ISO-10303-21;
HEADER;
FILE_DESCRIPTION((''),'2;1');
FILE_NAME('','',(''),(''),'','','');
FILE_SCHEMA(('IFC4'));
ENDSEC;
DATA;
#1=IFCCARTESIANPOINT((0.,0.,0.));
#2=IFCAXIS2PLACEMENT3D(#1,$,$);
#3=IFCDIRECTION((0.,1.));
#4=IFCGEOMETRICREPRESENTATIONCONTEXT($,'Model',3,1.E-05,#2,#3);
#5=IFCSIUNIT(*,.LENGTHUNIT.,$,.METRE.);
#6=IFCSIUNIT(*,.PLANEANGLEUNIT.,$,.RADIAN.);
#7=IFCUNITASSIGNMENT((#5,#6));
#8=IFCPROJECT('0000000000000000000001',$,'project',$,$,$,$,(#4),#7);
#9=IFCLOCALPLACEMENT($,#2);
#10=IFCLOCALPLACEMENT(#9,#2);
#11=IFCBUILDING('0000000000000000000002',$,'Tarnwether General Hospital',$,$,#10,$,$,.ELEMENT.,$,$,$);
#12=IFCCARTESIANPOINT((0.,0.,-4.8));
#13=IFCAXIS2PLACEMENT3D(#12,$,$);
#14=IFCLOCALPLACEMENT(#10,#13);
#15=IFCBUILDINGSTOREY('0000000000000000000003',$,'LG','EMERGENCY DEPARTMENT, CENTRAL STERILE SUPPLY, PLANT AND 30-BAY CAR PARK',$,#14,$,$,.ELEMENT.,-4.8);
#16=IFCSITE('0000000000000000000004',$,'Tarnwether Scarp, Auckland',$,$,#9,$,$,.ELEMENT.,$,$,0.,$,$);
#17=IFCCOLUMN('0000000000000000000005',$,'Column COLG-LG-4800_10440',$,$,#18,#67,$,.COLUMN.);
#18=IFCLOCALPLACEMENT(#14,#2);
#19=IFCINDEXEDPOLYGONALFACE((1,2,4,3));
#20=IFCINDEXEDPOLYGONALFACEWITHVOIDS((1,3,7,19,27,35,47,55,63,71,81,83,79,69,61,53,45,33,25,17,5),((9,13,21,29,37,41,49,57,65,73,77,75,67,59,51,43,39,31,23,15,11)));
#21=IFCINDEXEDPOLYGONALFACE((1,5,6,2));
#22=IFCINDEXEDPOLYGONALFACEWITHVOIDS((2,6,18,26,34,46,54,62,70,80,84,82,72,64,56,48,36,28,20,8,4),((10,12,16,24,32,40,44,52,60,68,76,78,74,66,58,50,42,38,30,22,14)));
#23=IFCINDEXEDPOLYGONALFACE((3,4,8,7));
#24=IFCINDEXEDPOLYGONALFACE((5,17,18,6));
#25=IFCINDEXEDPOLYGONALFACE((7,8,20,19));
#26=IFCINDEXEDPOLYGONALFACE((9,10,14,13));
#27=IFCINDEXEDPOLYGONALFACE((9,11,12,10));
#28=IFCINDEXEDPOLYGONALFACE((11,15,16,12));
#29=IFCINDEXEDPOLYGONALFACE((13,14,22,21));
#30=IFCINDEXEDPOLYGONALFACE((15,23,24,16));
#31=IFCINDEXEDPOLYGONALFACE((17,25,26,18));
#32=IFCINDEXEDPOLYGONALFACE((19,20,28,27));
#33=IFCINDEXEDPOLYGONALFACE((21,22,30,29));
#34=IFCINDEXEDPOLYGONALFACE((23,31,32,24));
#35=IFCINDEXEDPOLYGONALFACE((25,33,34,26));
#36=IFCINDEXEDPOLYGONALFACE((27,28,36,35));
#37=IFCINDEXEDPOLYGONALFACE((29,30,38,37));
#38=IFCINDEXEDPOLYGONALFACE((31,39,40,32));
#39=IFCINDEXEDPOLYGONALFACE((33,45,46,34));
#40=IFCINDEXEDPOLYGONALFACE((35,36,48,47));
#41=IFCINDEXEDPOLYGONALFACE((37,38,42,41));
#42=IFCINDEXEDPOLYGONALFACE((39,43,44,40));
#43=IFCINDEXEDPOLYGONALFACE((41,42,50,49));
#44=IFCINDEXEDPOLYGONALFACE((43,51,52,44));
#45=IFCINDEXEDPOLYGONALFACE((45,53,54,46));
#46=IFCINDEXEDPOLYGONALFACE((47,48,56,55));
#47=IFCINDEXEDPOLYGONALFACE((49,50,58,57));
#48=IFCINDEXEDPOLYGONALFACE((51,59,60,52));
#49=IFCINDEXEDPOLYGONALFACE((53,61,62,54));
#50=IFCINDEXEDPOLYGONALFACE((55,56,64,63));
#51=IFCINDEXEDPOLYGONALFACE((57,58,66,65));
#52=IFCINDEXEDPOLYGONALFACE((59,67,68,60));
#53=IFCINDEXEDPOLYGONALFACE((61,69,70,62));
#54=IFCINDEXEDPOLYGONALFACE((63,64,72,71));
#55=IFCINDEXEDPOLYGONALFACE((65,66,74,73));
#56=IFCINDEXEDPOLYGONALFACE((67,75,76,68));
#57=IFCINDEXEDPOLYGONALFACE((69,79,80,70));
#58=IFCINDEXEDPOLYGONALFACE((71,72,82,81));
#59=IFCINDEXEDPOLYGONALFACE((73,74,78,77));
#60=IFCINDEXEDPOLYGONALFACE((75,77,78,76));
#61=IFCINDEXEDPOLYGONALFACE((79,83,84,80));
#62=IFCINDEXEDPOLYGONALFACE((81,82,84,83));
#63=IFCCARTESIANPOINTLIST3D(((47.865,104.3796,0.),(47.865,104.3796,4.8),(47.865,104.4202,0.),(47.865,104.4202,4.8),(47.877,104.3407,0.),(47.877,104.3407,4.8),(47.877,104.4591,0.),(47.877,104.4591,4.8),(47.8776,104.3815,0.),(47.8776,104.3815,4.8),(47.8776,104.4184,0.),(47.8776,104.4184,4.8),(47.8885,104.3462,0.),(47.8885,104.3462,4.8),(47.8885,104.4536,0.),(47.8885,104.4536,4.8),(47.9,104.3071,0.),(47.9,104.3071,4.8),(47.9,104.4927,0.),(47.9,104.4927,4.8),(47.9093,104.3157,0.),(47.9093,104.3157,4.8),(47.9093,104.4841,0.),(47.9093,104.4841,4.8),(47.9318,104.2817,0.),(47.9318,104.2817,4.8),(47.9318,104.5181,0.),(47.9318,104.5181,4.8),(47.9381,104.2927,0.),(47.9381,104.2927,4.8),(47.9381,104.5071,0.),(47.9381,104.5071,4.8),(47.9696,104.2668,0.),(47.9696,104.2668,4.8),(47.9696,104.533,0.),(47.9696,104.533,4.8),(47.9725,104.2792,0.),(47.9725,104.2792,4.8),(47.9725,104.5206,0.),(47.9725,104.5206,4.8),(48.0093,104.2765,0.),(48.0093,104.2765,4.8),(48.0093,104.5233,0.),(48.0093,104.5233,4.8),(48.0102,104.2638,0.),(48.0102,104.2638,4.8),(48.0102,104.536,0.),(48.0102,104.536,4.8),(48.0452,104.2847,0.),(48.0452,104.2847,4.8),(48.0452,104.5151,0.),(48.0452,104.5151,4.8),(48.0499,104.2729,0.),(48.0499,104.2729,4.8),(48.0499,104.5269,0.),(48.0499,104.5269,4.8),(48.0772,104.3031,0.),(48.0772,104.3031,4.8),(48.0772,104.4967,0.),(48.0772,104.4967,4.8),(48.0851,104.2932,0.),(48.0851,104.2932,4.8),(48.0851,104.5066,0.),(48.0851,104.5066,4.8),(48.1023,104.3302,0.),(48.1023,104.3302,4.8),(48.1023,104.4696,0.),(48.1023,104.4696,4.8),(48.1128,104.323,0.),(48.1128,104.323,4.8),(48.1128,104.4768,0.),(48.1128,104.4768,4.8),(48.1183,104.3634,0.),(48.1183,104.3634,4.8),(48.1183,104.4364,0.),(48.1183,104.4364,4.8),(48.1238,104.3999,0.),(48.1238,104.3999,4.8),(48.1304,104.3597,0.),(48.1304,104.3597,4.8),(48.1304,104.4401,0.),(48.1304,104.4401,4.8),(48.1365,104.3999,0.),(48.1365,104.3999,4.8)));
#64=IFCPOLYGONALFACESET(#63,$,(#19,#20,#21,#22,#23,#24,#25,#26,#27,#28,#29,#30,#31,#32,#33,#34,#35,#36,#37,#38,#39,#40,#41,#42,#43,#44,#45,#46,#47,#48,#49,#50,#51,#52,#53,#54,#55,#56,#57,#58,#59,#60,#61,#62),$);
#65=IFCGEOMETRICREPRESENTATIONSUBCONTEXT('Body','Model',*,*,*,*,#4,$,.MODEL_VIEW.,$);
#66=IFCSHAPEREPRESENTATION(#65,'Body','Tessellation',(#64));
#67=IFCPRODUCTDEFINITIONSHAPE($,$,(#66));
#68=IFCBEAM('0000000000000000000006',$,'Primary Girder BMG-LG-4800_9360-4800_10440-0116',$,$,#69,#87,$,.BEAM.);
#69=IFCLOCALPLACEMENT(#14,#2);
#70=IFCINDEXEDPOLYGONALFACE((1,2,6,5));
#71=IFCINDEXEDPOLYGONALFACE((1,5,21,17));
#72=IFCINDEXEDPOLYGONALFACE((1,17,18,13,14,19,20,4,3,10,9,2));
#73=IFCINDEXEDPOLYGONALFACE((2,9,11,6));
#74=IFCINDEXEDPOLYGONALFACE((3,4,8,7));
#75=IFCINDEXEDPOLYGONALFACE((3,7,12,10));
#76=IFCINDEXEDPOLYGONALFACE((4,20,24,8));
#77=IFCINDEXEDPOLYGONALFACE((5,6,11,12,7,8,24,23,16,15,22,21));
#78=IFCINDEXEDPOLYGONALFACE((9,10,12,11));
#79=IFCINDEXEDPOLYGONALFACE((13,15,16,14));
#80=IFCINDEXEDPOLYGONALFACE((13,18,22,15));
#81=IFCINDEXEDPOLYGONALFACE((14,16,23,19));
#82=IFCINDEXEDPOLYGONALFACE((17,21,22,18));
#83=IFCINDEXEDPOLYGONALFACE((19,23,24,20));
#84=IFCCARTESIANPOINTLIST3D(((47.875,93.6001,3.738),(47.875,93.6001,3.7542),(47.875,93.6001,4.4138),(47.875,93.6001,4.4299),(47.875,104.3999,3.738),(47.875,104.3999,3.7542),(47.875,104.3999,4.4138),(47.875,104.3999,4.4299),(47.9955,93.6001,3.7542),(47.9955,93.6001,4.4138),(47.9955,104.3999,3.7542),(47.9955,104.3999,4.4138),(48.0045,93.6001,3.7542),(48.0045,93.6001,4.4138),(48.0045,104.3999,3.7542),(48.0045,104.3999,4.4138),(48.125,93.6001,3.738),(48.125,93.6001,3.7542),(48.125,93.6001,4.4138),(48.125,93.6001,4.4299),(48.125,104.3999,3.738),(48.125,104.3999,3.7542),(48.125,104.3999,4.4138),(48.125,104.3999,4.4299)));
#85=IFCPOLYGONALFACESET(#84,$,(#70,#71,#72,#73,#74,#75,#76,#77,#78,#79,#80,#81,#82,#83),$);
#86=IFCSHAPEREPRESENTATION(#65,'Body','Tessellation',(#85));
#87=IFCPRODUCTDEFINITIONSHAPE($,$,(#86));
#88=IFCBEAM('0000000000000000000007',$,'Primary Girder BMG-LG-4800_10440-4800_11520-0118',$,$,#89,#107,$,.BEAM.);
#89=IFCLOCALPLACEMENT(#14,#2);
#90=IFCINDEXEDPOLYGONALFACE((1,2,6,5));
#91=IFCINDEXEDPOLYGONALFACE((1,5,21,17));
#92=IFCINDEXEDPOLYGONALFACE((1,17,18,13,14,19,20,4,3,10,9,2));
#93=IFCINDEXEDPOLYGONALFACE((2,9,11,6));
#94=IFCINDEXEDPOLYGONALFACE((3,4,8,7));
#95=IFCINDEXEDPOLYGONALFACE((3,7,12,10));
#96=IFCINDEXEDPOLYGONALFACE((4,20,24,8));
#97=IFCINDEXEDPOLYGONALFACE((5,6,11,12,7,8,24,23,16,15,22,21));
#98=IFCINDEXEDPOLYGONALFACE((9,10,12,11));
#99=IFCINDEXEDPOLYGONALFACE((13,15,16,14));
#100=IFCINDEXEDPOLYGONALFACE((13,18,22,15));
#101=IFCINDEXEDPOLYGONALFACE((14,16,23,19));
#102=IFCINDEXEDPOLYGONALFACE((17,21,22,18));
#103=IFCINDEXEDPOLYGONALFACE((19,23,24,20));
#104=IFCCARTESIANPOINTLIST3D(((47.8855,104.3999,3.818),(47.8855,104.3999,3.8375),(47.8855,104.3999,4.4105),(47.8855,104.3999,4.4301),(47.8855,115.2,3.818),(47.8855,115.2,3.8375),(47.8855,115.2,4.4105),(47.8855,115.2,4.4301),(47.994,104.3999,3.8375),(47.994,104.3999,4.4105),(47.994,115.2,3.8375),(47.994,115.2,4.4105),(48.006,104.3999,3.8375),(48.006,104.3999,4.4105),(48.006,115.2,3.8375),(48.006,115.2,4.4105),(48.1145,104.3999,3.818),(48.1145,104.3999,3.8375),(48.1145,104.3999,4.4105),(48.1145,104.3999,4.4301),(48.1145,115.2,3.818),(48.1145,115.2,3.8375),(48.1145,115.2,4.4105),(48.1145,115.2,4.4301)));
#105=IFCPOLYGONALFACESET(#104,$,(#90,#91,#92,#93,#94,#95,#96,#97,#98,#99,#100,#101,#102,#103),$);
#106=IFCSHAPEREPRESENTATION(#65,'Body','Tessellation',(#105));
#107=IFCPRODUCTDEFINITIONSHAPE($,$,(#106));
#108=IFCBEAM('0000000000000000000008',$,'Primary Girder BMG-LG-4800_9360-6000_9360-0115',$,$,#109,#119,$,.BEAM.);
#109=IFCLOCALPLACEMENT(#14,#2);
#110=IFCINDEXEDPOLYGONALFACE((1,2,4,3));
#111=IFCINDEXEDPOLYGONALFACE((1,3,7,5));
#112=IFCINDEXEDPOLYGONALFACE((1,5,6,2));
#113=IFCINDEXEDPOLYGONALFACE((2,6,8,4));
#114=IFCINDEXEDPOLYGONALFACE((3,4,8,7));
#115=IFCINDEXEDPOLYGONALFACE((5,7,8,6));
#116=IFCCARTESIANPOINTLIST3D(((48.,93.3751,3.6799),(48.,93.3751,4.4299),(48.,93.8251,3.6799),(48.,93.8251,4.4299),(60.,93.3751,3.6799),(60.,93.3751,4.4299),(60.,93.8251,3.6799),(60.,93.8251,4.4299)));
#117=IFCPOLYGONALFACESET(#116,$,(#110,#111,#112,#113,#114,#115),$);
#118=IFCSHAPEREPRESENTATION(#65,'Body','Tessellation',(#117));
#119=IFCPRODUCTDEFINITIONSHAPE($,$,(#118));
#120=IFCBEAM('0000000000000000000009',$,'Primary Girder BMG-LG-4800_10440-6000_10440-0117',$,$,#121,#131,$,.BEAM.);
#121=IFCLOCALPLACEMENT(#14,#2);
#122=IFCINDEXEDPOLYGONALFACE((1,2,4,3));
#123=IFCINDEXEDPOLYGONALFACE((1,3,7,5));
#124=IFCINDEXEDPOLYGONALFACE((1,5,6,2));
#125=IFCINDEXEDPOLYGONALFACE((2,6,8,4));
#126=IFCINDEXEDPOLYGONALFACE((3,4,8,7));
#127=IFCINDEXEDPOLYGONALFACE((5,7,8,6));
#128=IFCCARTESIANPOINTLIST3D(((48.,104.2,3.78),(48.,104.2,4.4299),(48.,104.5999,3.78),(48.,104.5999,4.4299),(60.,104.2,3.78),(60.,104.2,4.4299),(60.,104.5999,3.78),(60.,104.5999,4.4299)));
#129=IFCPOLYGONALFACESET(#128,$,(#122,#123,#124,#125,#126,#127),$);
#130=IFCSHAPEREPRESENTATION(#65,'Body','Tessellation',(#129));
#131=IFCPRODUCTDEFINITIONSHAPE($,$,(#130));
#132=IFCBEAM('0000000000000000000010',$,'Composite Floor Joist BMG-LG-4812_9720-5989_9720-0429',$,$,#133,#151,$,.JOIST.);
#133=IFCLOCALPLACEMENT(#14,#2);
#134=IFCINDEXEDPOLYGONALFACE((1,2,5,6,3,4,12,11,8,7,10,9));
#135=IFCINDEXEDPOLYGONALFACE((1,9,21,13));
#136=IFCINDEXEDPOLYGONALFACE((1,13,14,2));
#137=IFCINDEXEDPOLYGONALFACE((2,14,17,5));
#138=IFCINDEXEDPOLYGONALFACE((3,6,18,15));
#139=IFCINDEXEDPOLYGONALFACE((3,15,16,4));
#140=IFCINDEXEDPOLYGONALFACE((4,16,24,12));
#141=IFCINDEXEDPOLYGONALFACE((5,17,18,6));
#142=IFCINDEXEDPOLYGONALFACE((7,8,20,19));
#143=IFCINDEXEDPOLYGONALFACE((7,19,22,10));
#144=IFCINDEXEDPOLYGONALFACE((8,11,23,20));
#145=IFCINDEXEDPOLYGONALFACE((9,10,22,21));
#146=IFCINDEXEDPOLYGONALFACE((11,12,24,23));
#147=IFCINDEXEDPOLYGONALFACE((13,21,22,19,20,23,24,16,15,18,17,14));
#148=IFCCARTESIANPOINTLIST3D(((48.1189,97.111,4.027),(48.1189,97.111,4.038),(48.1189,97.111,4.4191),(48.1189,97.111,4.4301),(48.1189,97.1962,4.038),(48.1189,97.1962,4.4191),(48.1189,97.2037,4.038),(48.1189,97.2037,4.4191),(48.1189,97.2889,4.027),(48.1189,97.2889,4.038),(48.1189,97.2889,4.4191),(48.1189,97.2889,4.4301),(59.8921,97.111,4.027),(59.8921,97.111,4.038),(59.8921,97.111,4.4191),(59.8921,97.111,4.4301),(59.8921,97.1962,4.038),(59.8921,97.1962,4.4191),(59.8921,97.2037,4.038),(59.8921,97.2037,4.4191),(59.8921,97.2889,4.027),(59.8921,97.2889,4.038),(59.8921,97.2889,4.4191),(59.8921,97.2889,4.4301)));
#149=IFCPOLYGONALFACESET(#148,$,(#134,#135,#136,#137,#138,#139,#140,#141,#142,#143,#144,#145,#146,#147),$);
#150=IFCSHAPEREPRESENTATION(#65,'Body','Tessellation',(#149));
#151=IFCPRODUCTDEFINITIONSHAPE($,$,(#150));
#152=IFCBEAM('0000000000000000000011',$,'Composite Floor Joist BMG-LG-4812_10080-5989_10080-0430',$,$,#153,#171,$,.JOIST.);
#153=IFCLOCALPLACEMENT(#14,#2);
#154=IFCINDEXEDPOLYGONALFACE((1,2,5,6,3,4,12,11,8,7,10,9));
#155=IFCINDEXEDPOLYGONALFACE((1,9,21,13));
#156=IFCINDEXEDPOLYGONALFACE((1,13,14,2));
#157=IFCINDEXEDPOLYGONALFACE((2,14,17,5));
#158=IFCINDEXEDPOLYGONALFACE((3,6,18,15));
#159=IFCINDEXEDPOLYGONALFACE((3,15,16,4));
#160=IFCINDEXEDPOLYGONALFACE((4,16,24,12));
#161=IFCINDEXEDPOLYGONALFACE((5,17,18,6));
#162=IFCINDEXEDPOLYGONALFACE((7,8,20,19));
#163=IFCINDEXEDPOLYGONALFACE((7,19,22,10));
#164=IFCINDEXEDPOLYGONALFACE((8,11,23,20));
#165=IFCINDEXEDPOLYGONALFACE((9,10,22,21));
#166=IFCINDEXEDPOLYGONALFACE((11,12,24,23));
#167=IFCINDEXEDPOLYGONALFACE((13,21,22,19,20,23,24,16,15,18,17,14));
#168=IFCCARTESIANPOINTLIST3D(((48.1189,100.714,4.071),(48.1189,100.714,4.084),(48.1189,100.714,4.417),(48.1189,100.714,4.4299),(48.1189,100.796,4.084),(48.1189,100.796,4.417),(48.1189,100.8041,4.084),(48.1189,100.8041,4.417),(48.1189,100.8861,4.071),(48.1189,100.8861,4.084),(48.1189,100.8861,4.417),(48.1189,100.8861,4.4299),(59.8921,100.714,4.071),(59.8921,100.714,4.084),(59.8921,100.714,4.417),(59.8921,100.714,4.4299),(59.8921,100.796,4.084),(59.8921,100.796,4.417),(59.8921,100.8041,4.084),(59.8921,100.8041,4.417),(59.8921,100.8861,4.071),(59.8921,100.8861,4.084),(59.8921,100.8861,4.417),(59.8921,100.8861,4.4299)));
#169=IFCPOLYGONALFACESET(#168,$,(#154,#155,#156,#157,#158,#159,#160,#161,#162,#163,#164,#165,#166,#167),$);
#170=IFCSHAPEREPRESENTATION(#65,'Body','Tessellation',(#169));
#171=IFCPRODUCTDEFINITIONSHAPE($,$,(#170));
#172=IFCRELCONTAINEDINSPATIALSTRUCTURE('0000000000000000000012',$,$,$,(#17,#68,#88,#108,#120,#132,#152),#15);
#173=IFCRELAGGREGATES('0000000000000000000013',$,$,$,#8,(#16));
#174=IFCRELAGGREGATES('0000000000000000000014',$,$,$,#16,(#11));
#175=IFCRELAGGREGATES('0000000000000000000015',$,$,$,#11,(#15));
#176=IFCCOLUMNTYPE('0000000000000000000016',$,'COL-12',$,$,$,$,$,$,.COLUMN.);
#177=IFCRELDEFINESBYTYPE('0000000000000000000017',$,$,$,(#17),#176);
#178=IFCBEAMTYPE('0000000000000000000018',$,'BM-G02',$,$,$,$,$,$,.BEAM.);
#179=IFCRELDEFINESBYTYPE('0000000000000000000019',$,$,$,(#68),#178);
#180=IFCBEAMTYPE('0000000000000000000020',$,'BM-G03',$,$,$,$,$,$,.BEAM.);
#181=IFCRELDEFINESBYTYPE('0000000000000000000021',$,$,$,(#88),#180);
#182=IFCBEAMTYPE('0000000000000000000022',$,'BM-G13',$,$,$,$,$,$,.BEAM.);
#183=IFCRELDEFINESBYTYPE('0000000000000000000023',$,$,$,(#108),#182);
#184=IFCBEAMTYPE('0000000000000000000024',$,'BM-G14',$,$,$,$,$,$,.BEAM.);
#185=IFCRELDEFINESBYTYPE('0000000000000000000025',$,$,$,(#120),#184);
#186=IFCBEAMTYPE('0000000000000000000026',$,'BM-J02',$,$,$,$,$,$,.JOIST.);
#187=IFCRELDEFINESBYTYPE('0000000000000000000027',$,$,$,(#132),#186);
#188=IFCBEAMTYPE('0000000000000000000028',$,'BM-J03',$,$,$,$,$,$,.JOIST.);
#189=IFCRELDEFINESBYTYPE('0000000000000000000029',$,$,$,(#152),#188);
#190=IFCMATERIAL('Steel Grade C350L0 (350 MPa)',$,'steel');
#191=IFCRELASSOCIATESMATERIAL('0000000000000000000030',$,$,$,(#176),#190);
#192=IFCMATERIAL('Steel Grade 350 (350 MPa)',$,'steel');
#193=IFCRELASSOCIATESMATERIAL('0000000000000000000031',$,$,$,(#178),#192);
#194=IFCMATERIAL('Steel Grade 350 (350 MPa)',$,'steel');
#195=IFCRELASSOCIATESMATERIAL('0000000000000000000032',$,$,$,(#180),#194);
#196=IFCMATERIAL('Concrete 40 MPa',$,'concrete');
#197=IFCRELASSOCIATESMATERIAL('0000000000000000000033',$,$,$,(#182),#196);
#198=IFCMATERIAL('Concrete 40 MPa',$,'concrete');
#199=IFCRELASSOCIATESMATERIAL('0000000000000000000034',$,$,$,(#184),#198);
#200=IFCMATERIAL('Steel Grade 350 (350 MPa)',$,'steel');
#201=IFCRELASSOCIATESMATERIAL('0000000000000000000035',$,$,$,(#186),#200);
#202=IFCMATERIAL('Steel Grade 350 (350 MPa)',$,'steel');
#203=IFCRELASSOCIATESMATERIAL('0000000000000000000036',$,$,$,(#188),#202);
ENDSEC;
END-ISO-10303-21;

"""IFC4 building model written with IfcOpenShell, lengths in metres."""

from ifc_helpers import new_model, si_unit, direction, frame, origin, origin_2d, place, context, subcontext, project, spatial, rectangle, hollow_circle, i_section, extrude, material, material_profile, profile_set, type_object, element, save


model = new_model("IFC4")

# Units and contexts
model_context = context("Model", 3, precision=1e-05, world=origin(), true_north=direction((0.0, 1.0)))
body_context = subcontext(model_context, "Body", "Model", "MODEL_VIEW")
ifc_project = project(units=[si_unit("LENGTHUNIT", "METRE"), si_unit("PLANEANGLEUNIT", "RADIAN")], contexts=[model_context])

# Site, building, storey
site_placement = place(None, origin())
site = spatial("IfcSite", under=ifc_project, at=site_placement, Name="Tarnwether Scarp, Auckland", CompositionType="ELEMENT", RefElevation=0.0)
building_placement = place(site_placement, origin())
building = spatial("IfcBuilding", under=site, at=building_placement, Name="Tarnwether General Hospital", CompositionType="ELEMENT")
storey_placement = place(building_placement, frame((0.0, 0.0, -4.8)))
storey = spatial("IfcBuildingStorey", under=building, at=storey_placement, Name="LG", Description="EMERGENCY DEPARTMENT, CENTRAL STERILE SUPPLY, PLANT AND 30-BAY CAR PARK", CompositionType="ELEMENT", Elevation=-4.8)

# Column
ifc_material_1 = material(Name="Steel Grade C350L0 (350 MPa)", Category="steel")
ifc_material_profile_1 = material_profile(ifc_material_1, hollow_circle(Radius=0.1365, WallThickness=0.0127, at=origin_2d()), Name="CHS273.1x12.7")
ifc_profile_set_1 = profile_set([ifc_material_profile_1], Name="Steel Grade C350L0 (350 MPa)")
column_type_1 = type_object("IfcColumnType", Name="COL-12", PredefinedType="COLUMN", material=ifc_profile_set_1)
column_1_placement = place(storey_placement, frame((48.0, 104.3999, 0.0), z_axis=(0.0, 0.0, 1.0), x_axis=(1.0, 0.0, 0.0)))
element("IfcColumn", 1, at=column_1_placement, inside=storey, type_object=column_type_1, Name="Column COLG-LG-4800_10440", PredefinedType="COLUMN", context=body_context, shape_type="SweptSolid", body=[
    extrude(hollow_circle(Radius=0.1365, WallThickness=0.0127, at=origin_2d()), origin(), (0.0, 0.0, 1.0), 4.8),
])

# Beams
ifc_material_2 = material(Name="Steel Grade 350 (350 MPa)", Category="steel")
ifc_material_profile_2 = material_profile(ifc_material_2, i_section(OverallWidth=0.25, OverallDepth=0.6919, WebThickness=0.009, FlangeThickness=0.0161, at=origin_2d()), Name="700WB115")
ifc_profile_set_2 = profile_set([ifc_material_profile_2], Name="Steel Grade 350 (350 MPa)")
beam_type_1 = type_object("IfcBeamType", Name="BM-G02", PredefinedType="BEAM", material=ifc_profile_set_2)
beam_1_placement = place(storey_placement, frame((48.0, 93.6001, 4.084), z_axis=(0.0, 1.0, 0.0), x_axis=(-1.0, 0.0, 0.0)))
element("IfcBeam", 2, at=beam_1_placement, inside=storey, type_object=beam_type_1, Name="Primary Girder BMG-LG-4800_9360-4800_10440-0116", PredefinedType="BEAM", context=body_context, shape_type="SweptSolid", body=[
    extrude(i_section(OverallWidth=0.25, OverallDepth=0.6919, WebThickness=0.009, FlangeThickness=0.0161, at=origin_2d()), origin(), (0.0, 0.0, 1.0), 10.7998),
])
ifc_material_3 = material(Name="Steel Grade 350 (350 MPa)", Category="steel")
ifc_material_profile_3 = material_profile(ifc_material_3, i_section(OverallWidth=0.229, OverallDepth=0.6121, WebThickness=0.012, FlangeThickness=0.0195, at=origin_2d()), Name="610UB125")
ifc_profile_set_3 = profile_set([ifc_material_profile_3], Name="Steel Grade 350 (350 MPa)")
beam_type_2 = type_object("IfcBeamType", Name="BM-G03", PredefinedType="BEAM", material=ifc_profile_set_3)
beam_2_placement = place(storey_placement, frame((48.0, 104.3999, 4.124), z_axis=(0.0, 1.0, 0.0), x_axis=(-1.0, 0.0, 0.0)))
element("IfcBeam", 3, at=beam_2_placement, inside=storey, type_object=beam_type_2, Name="Primary Girder BMG-LG-4800_10440-4800_11520-0118", PredefinedType="BEAM", context=body_context, shape_type="SweptSolid", body=[
    extrude(i_section(OverallWidth=0.229, OverallDepth=0.6121, WebThickness=0.012, FlangeThickness=0.0195, at=origin_2d()), origin(), (0.0, 0.0, 1.0), 10.8),
])
ifc_material_4 = material(Name="Concrete 40 MPa", Category="concrete")
ifc_material_profile_4 = material_profile(ifc_material_4, rectangle(XDim=0.45, YDim=0.75, at=origin_2d()), Name="RC-BM-450x750")
ifc_profile_set_4 = profile_set([ifc_material_profile_4], Name="Concrete 40 MPa")
beam_type_3 = type_object("IfcBeamType", Name="BM-G13", PredefinedType="BEAM", material=ifc_profile_set_4)
beam_3_placement = place(storey_placement, frame((48.0, 93.6001, 4.0549), z_axis=(1.0, 0.0, 0.0), x_axis=(0.0, 1.0, 0.0)))
element("IfcBeam", 4, at=beam_3_placement, inside=storey, type_object=beam_type_3, Name="Primary Girder BMG-LG-4800_9360-6000_9360-0115", PredefinedType="BEAM", context=body_context, shape_type="SweptSolid", body=[
    extrude(rectangle(XDim=0.45, YDim=0.75, at=origin_2d()), origin(), (0.0, 0.0, 1.0), 12.0),
])
ifc_material_5 = material(Name="Concrete 40 MPa", Category="concrete")
ifc_material_profile_5 = material_profile(ifc_material_5, rectangle(XDim=0.3999, YDim=0.6499, at=origin_2d()), Name="RC-BM-400x650")
ifc_profile_set_5 = profile_set([ifc_material_profile_5], Name="Concrete 40 MPa")
beam_type_4 = type_object("IfcBeamType", Name="BM-G14", PredefinedType="BEAM", material=ifc_profile_set_5)
beam_4_placement = place(storey_placement, frame((48.0, 104.3999, 4.105), z_axis=(1.0, 0.0, 0.0), x_axis=(0.0, 1.0, 0.0)))
element("IfcBeam", 5, at=beam_4_placement, inside=storey, type_object=beam_type_4, Name="Primary Girder BMG-LG-4800_10440-6000_10440-0117", PredefinedType="BEAM", context=body_context, shape_type="SweptSolid", body=[
    extrude(rectangle(XDim=0.3999, YDim=0.6499, at=origin_2d()), origin(), (0.0, 0.0, 1.0), 12.0),
])
ifc_material_6 = material(Name="Steel Grade 350 (350 MPa)", Category="steel")
ifc_material_profile_6 = material_profile(ifc_material_6, i_section(OverallWidth=0.178, OverallDepth=0.4031, WebThickness=0.0076, FlangeThickness=0.011, at=origin_2d()), Name="410UB53.7")
ifc_profile_set_6 = profile_set([ifc_material_profile_6], Name="Steel Grade 350 (350 MPa)")
beam_type_5 = type_object("IfcBeamType", Name="BM-J02", PredefinedType="JOIST", material=ifc_profile_set_6)
beam_5_placement = place(storey_placement, frame((48.1189, 97.2, 4.2285), z_axis=(1.0, 0.0, 0.0), x_axis=(0.0, 1.0, 0.0)))
element("IfcBeam", 6, at=beam_5_placement, inside=storey, type_object=beam_type_5, Name="Composite Floor Joist BMG-LG-4812_9720-5989_9720-0429", PredefinedType="JOIST", context=body_context, shape_type="SweptSolid", body=[
    extrude(i_section(OverallWidth=0.178, OverallDepth=0.4031, WebThickness=0.0076, FlangeThickness=0.011, at=origin_2d()), origin(), (0.0, 0.0, 1.0), 11.7732),
])
ifc_material_7 = material(Name="Steel Grade 350 (350 MPa)", Category="steel")
ifc_material_profile_7 = material_profile(ifc_material_7, i_section(OverallWidth=0.1721, OverallDepth=0.3589, WebThickness=0.0081, FlangeThickness=0.0129, at=origin_2d()), Name="360UB56.7")
ifc_profile_set_7 = profile_set([ifc_material_profile_7], Name="Steel Grade 350 (350 MPa)")
beam_type_6 = type_object("IfcBeamType", Name="BM-J03", PredefinedType="JOIST", material=ifc_profile_set_7)
beam_6_placement = place(storey_placement, frame((48.1189, 100.8, 4.2505), z_axis=(1.0, 0.0, 0.0), x_axis=(0.0, 1.0, 0.0)))
element("IfcBeam", 7, at=beam_6_placement, inside=storey, type_object=beam_type_6, Name="Composite Floor Joist BMG-LG-4812_10080-5989_10080-0430", PredefinedType="JOIST", context=body_context, shape_type="SweptSolid", body=[
    extrude(i_section(OverallWidth=0.1721, OverallDepth=0.3589, WebThickness=0.0081, FlangeThickness=0.0129, at=origin_2d()), origin(), (0.0, 0.0, 1.0), 11.7732),
])

save(model, "model.ifc")
